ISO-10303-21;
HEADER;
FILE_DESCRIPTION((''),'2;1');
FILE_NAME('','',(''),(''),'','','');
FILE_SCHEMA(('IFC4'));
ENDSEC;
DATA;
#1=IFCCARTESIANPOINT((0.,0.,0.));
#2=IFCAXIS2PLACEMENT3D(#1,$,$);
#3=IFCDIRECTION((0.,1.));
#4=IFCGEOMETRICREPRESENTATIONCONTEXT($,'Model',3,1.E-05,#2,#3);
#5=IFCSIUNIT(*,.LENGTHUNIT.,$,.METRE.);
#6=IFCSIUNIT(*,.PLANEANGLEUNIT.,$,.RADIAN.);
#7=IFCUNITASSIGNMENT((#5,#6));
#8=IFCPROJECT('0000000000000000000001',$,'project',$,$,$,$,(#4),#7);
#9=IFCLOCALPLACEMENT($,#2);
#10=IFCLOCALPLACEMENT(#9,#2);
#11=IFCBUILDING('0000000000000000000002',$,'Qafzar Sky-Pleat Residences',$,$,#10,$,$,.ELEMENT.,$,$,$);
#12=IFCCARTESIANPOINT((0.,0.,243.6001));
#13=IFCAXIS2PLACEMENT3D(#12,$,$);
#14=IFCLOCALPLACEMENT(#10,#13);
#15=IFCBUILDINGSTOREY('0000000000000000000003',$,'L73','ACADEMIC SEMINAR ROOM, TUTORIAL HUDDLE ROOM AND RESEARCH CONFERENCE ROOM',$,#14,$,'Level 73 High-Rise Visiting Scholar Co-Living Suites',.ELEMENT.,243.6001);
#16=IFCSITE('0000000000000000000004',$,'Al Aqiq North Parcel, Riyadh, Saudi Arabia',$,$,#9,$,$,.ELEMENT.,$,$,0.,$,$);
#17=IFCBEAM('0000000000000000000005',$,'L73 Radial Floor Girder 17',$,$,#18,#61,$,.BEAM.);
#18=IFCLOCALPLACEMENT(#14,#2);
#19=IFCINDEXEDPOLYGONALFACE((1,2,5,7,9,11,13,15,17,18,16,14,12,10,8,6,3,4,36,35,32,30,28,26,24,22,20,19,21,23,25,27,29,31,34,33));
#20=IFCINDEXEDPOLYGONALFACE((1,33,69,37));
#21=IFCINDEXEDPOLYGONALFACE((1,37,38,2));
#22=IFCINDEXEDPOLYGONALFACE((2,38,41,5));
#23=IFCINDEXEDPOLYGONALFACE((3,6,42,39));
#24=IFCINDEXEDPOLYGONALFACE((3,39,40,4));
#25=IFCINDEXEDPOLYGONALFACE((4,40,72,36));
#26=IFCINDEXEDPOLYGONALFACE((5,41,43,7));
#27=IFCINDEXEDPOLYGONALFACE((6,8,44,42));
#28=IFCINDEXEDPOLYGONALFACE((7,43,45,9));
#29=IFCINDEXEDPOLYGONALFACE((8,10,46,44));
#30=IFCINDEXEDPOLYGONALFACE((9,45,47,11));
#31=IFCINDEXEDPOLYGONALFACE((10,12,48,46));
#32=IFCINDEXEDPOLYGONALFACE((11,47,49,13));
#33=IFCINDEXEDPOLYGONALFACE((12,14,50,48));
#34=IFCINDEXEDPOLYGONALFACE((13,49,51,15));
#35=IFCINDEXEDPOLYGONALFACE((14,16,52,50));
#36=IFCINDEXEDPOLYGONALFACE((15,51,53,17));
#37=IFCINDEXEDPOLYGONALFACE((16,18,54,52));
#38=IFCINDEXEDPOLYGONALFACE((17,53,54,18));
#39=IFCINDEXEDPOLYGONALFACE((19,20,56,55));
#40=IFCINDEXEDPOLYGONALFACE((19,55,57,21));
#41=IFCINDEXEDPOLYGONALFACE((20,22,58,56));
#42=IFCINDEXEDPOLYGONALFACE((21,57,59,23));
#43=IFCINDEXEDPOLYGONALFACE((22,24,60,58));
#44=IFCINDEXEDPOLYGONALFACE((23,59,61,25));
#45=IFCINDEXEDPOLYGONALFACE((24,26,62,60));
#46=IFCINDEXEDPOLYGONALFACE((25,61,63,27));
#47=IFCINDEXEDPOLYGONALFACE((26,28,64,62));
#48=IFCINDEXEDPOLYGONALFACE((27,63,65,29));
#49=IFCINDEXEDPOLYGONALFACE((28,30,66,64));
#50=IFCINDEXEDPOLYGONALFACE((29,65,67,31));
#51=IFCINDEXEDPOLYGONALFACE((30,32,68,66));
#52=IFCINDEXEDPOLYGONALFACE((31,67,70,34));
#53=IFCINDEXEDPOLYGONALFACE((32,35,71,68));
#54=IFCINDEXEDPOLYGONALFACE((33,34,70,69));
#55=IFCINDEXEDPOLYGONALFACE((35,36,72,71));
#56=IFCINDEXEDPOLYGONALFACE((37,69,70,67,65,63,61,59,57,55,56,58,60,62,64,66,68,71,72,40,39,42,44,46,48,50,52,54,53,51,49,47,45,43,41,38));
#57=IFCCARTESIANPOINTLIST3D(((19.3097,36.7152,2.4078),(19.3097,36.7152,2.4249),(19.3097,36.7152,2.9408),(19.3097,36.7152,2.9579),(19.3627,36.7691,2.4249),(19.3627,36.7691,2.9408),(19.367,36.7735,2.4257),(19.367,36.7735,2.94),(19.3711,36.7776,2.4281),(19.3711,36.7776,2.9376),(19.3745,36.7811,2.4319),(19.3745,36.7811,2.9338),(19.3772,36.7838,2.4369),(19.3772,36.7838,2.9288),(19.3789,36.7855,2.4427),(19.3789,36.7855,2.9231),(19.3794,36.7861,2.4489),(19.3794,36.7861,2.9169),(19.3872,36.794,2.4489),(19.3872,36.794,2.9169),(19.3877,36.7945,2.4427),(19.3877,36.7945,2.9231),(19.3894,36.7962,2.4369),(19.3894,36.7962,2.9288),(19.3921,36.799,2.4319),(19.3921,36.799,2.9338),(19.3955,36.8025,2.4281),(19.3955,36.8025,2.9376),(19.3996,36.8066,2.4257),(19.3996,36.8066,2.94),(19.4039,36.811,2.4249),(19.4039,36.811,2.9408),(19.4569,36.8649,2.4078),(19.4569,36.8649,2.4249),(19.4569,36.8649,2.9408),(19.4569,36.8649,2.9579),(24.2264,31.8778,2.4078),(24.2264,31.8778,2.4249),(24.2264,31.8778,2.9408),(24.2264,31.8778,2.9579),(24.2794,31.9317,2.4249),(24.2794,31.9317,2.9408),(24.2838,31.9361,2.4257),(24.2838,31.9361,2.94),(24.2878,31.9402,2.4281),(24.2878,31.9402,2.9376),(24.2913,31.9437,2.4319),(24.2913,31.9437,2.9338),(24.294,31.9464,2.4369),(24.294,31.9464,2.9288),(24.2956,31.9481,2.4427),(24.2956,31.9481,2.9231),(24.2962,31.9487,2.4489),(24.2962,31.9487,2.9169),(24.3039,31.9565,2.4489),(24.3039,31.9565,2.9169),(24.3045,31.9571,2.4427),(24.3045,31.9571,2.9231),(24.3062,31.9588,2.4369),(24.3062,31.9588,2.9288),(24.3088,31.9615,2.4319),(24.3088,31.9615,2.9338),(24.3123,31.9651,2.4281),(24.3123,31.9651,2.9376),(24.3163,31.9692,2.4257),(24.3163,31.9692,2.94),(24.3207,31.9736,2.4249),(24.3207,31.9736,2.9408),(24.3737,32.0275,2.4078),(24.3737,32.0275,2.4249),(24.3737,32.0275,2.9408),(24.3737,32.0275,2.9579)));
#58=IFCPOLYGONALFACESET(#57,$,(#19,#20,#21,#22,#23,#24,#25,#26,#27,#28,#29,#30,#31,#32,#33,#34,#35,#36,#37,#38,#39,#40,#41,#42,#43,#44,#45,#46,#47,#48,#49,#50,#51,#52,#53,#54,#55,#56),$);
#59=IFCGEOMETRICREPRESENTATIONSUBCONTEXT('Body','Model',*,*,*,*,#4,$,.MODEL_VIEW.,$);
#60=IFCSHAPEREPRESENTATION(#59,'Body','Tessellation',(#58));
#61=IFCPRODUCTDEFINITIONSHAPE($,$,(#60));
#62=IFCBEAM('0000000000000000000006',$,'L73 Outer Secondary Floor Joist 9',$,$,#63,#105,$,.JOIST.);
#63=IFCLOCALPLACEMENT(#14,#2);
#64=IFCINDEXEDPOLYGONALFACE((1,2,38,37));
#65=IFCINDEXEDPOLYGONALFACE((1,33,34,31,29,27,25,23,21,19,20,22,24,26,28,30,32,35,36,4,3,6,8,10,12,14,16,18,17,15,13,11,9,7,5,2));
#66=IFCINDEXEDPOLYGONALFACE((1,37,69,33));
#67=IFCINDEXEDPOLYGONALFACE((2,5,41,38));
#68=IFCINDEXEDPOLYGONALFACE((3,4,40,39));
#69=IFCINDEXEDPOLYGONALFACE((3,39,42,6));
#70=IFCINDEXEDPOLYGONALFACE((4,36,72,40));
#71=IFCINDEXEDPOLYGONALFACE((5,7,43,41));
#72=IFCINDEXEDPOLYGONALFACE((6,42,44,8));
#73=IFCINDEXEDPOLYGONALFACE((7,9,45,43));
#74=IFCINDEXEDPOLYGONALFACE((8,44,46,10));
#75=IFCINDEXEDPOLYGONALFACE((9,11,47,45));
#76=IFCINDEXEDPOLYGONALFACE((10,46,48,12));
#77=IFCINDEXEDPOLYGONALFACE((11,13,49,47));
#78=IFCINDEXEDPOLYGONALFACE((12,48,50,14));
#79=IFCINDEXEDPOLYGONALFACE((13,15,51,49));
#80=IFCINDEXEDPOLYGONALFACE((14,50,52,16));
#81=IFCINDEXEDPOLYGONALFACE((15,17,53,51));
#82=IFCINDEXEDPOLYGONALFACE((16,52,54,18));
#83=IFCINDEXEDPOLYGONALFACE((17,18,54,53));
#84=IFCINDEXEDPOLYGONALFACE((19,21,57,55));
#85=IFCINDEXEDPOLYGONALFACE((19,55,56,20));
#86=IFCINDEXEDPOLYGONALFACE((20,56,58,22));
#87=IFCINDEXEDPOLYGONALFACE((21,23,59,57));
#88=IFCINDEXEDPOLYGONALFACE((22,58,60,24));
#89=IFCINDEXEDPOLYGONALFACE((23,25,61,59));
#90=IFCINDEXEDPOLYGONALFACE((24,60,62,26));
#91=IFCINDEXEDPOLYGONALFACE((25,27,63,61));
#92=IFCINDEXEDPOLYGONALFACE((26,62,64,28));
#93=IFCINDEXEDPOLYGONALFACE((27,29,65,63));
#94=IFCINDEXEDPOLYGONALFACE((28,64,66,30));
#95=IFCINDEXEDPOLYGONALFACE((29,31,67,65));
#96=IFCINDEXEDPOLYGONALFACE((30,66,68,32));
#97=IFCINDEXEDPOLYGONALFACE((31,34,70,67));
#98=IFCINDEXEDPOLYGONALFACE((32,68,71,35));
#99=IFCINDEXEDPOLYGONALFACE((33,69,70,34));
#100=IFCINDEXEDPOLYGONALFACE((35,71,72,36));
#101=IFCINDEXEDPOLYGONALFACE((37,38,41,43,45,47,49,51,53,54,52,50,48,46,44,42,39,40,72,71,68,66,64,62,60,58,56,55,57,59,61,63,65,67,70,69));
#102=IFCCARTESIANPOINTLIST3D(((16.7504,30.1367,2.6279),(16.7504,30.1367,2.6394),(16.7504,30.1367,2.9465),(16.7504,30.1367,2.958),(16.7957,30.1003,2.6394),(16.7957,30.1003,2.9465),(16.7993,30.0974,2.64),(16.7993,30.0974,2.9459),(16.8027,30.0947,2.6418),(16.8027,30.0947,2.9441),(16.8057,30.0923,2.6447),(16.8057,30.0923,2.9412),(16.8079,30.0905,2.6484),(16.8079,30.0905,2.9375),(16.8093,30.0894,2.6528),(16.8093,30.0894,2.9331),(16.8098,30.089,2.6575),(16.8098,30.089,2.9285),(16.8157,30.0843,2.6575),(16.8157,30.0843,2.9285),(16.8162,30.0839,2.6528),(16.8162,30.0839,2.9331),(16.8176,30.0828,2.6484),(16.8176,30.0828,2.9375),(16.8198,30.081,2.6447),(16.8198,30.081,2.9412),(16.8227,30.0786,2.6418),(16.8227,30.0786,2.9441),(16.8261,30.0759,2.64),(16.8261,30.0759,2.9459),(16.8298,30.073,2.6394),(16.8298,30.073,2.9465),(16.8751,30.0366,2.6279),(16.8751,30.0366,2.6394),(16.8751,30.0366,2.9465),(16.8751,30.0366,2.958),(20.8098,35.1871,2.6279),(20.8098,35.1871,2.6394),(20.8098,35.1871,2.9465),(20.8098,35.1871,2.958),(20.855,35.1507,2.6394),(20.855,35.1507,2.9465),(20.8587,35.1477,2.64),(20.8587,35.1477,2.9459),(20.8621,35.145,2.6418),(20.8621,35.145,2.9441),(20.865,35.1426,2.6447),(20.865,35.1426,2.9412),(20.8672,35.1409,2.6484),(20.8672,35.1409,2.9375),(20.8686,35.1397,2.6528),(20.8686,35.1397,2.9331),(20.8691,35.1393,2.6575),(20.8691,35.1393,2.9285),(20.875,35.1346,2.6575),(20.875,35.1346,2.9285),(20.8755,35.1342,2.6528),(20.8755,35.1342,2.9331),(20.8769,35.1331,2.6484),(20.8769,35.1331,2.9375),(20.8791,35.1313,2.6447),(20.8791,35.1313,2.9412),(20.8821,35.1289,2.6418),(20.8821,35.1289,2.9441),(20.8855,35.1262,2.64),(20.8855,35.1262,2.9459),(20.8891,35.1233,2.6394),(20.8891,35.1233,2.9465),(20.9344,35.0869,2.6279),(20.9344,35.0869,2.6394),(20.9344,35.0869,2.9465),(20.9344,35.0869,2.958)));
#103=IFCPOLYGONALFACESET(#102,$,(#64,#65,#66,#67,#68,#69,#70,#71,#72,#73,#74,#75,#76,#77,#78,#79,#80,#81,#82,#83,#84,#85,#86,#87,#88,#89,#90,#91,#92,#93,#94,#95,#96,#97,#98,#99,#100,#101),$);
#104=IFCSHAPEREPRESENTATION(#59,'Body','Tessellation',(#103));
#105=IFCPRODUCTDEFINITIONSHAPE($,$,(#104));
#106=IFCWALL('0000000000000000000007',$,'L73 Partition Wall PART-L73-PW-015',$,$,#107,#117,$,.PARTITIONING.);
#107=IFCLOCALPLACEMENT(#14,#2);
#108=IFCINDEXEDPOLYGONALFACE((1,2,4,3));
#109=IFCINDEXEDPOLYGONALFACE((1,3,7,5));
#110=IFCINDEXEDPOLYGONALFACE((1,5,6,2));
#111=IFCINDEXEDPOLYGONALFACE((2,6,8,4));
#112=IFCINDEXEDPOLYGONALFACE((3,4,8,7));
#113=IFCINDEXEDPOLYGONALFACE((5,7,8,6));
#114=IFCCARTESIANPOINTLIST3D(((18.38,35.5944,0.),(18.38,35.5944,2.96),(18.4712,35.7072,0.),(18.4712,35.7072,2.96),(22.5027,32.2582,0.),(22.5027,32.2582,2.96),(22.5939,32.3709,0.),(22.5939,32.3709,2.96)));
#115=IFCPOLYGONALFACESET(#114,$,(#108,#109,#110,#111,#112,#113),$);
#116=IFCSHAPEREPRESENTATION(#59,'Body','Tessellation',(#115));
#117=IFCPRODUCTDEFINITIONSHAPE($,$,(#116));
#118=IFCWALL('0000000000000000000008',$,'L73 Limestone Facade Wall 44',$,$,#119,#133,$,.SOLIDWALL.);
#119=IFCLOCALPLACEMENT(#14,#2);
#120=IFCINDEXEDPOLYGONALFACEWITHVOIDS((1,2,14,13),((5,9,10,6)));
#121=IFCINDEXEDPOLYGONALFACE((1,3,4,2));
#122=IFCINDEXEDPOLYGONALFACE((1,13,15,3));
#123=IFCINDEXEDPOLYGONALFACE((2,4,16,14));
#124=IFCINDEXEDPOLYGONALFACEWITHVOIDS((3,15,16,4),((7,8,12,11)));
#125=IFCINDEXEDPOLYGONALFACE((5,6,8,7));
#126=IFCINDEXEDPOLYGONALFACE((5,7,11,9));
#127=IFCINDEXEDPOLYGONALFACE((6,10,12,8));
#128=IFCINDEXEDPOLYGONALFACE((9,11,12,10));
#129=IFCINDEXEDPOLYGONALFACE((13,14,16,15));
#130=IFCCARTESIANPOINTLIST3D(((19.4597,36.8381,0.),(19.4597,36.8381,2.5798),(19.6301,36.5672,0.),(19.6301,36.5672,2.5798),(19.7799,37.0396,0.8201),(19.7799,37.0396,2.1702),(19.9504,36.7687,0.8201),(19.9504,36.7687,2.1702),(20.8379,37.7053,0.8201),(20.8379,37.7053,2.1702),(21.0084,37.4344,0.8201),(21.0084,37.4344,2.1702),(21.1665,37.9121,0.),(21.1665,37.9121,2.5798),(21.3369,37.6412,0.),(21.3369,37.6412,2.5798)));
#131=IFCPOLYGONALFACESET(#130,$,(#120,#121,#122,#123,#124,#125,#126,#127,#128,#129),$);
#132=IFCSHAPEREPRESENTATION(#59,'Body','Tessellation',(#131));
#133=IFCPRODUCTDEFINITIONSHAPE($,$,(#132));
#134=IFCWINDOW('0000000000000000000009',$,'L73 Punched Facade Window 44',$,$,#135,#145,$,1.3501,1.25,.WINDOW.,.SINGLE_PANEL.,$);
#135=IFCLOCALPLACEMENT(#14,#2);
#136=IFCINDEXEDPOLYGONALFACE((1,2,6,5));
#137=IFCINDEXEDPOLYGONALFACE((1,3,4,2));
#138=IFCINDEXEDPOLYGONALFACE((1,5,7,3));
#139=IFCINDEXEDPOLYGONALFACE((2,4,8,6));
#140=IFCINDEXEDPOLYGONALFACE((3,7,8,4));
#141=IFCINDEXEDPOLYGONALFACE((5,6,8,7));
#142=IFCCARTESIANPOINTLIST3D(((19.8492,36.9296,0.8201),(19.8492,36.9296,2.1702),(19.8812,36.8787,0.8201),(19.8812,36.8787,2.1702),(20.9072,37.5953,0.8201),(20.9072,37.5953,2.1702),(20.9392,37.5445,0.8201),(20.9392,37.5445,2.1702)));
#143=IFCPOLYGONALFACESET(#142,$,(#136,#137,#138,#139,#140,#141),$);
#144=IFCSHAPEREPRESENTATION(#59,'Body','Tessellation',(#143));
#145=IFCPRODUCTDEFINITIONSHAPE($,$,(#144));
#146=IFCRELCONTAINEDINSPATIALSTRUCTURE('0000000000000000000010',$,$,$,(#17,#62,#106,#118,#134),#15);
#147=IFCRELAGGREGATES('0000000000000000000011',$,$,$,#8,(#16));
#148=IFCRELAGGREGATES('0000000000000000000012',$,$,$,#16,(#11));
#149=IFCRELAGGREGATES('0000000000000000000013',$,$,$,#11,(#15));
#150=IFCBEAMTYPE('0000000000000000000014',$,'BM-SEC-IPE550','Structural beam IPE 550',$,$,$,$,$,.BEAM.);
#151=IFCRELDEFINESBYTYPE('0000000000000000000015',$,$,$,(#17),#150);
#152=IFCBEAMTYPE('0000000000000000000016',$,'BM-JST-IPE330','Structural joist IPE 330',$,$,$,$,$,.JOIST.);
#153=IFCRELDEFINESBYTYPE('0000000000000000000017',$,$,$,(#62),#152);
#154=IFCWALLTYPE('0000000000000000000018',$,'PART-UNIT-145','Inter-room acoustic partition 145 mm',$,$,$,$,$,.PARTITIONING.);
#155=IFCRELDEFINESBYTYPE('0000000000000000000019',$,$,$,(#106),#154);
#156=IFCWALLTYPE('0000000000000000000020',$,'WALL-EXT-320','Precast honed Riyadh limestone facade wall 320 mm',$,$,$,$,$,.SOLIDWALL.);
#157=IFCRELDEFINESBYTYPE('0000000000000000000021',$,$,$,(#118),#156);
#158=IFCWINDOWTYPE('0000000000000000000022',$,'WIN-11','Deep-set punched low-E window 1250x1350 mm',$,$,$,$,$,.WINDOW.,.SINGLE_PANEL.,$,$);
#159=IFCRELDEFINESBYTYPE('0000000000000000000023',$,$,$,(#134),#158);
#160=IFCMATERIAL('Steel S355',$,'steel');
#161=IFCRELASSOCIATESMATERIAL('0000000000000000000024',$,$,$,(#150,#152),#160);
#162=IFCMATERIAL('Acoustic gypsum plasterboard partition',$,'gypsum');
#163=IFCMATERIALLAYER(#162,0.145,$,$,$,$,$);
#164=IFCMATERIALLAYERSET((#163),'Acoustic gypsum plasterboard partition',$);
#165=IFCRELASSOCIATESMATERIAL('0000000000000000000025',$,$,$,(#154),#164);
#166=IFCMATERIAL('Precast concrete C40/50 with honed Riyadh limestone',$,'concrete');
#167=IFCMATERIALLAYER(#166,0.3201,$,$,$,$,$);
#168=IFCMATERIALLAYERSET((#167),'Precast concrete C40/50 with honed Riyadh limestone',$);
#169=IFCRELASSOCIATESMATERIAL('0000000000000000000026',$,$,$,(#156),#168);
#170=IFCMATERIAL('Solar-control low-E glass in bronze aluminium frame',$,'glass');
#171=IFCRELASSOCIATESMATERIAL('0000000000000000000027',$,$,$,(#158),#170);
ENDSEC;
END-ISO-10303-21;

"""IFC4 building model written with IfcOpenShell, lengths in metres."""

from ifc_helpers import new_model, si_unit, direction, frame, frame_2d, origin, origin_2d, place, context, subcontext, project, spatial, rectangle, i_section, extrude, source, transform, mapped, material, layer, layer_set, material_profile, profile_set, type_object, element, fill, save


model = new_model("IFC4")

# Units and contexts
model_context = context("Model", 3, precision=1e-05, world=origin(), true_north=direction((0.0, 1.0)))
body_context = subcontext(model_context, "Body", "Model", "MODEL_VIEW")
ifc_project = project(units=[si_unit("LENGTHUNIT", "METRE"), si_unit("PLANEANGLEUNIT", "RADIAN")], contexts=[model_context])

# Site, building, storey
site_placement = place(None, origin())
site = spatial("IfcSite", under=ifc_project, at=site_placement, Name="Al Aqiq North Parcel, Riyadh, Saudi Arabia", CompositionType="ELEMENT", RefElevation=0.0)
building_placement = place(site_placement, origin())
building = spatial("IfcBuilding", under=site, at=building_placement, Name="Qafzar Sky-Pleat Residences", CompositionType="ELEMENT")
storey_placement = place(building_placement, frame((0.0, 0.0, 243.6001)))
storey = spatial("IfcBuildingStorey", under=building, at=storey_placement, Name="L73", Description="ACADEMIC SEMINAR ROOM, TUTORIAL HUDDLE ROOM AND RESEARCH CONFERENCE ROOM", LongName="Level 73 High-Rise Visiting Scholar Co-Living Suites", CompositionType="ELEMENT", Elevation=243.6001)

# Shared definitions
ifc_material_1 = material(Name="Steel S355", Category="steel")

# Beams
ifc_material_profile_1 = material_profile(ifc_material_1, i_section(OverallWidth=0.21, OverallDepth=0.55, WebThickness=0.011, FlangeThickness=0.0171, FilletRadius=0.0239, at=origin_2d()), Name="IPE 550")
ifc_profile_set_1 = profile_set([ifc_material_profile_1], Name="Steel S355")
beam_type_1 = type_object("IfcBeamType", Name="BM-SEC-IPE550", Description="Structural beam IPE 550", PredefinedType="BEAM", material=ifc_profile_set_1)
shared_shape_1 = source(origin(), body_context, "Body", "SweptSolid", [
    extrude(i_section(OverallWidth=0.21, OverallDepth=0.55, WebThickness=0.011, FlangeThickness=0.0171, FilletRadius=0.0239, at=origin_2d()), origin(), (0.0, 0.0, 1.0), 6.8975),
])
beam_1_placement = place(storey_placement, frame((19.3833, 36.79, 2.6829), z_axis=(0.712835, -0.701332, 0.0), x_axis=(0.701332, 0.712835, 0.0)))
element("IfcBeam", 1, at=beam_1_placement, inside=storey, type_object=beam_type_1, Name="L73 Radial Floor Girder 17", PredefinedType="BEAM", context=body_context, shape_type="MappedRepresentation", body=[
    mapped(shared_shape_1, transform((0.0, 0.0, 0.0), x_axis=(1.0, 0.0, 0.0), y_axis=(0.0, 1.0, 0.0), z_axis=(0.0, 0.0, 1.0), scale=1.0)),
])
ifc_material_profile_2 = material_profile(ifc_material_1, i_section(OverallWidth=0.1599, OverallDepth=0.3301, WebThickness=0.0076, FlangeThickness=0.0115, FilletRadius=0.0181, at=origin_2d()), Name="IPE 330")
ifc_profile_set_2 = profile_set([ifc_material_profile_2], Name="Steel S355")
beam_type_2 = type_object("IfcBeamType", Name="BM-JST-IPE330", Description="Structural joist IPE 330", PredefinedType="JOIST", material=ifc_profile_set_2)
shared_shape_2 = source(origin(), body_context, "Body", "SweptSolid", [
    extrude(i_section(OverallWidth=0.1599, OverallDepth=0.3301, WebThickness=0.0076, FlangeThickness=0.0115, FilletRadius=0.0181, at=origin_2d()), origin(), (0.0, 0.0, 1.0), 6.4795),
])
beam_2_placement = place(storey_placement, frame((20.8721, 35.137, 2.793), z_axis=(-0.62649, -0.779429, 0.0), x_axis=(0.779429, -0.62649, 0.0)))
element("IfcBeam", 2, at=beam_2_placement, inside=storey, type_object=beam_type_2, Name="L73 Outer Secondary Floor Joist 9", PredefinedType="JOIST", context=body_context, shape_type="MappedRepresentation", body=[
    mapped(shared_shape_2, transform((0.0, 0.0, 0.0), x_axis=(1.0, 0.0, 0.0), y_axis=(0.0, 1.0, 0.0), z_axis=(0.0, 0.0, 1.0), scale=1.0)),
])

# Wall
ifc_material_2 = material(Name="Acoustic gypsum plasterboard partition", Category="gypsum")
ifc_layer_1 = layer(ifc_material_2, 0.145)
ifc_layer_set_1 = layer_set([ifc_layer_1], Name="Acoustic gypsum plasterboard partition")
wall_type_1 = type_object("IfcWallType", Name="PART-UNIT-145", Description="Inter-room acoustic partition 145 mm", PredefinedType="PARTITIONING", material=ifc_layer_set_1)
wall_1_placement = place(storey_placement, frame((18.4255, 35.6509, 0.0), z_axis=(0.0, 0.0, 1.0), x_axis=(0.777349, -0.62907, 0.0)))
element("IfcWall", 3, at=wall_1_placement, inside=storey, type_object=wall_type_1, Name="L73 Partition Wall PART-L73-PW-015", PredefinedType="PARTITIONING", context=body_context, shape_type="SweptSolid", body=[
    extrude(rectangle(XDim=5.3035, YDim=0.145, at=frame_2d((2.6519, 0.0))), origin(), (0.0, 0.0, 1.0), 2.96),
])

# Wall, opening, window
ifc_material_3 = material(Name="Precast concrete C40/50 with honed Riyadh limestone", Category="concrete")
ifc_layer_2 = layer(ifc_material_3, 0.3201)
ifc_layer_set_2 = layer_set([ifc_layer_2], Name="Precast concrete C40/50 with honed Riyadh limestone")
wall_type_2 = type_object("IfcWallType", Name="WALL-EXT-320", Description="Precast honed Riyadh limestone facade wall 320 mm", PredefinedType="SOLIDWALL", material=ifc_layer_set_2)
wall_2_placement = place(storey_placement, frame((21.2517, 37.7766, 0.0), z_axis=(0.0, 0.0, 1.0), x_axis=(-0.846382, -0.532576, 0.0)))
wall_2 = element("IfcWall", 4, at=wall_2_placement, inside=storey, type_object=wall_type_2, Name="L73 Limestone Facade Wall 44", PredefinedType="SOLIDWALL", context=body_context, shape_type="SweptSolid", body=[
    extrude(rectangle(XDim=2.0166, YDim=0.3201, at=frame_2d((1.0083, 0.0))), origin(), (0.0, 0.0, 1.0), 2.5798),
])
opening_1_placement = place(wall_2_placement, frame((0.3882, 0.0, 0.8201)))
opening_1 = element("IfcOpeningElement", 5, at=opening_1_placement, cuts=wall_2, PredefinedType="OPENING", context=body_context, shape_type="SweptSolid", body=[
    extrude(rectangle(XDim=1.25, YDim=1.3501, at=frame_2d((0.625, 0.675))), frame((0.0, 0.1699, 0.0), z_axis=(0.0, -1.0, 0.0), x_axis=(1.0, 0.0, 0.0)), (0.0, 0.0, 1.0), 0.3401),
])
ifc_material_4 = material(Name="Solar-control low-E glass in bronze aluminium frame", Category="glass")
window_type_1 = type_object("IfcWindowType", Name="WIN-11", Description="Deep-set punched low-E window 1250x1350 mm", PartitioningType="SINGLE_PANEL", PredefinedType="WINDOW", material=ifc_material_4)
shared_shape_3 = source(origin(), body_context, "Body", "SweptSolid", [
    extrude(rectangle(XDim=1.25, YDim=1.3501, at=frame_2d((0.625, 0.675))), frame((0.0, 0.03, 0.0), z_axis=(0.0, -1.0, 0.0), x_axis=(1.0, 0.0, 0.0)), (0.0, 0.0, 1.0), 0.0601),
])
window_1_placement = place(opening_1_placement, origin())
window_1 = element("IfcWindow", 6, at=window_1_placement, inside=storey, type_object=window_type_1, Name="L73 Punched Facade Window 44", OverallHeight=1.3501, OverallWidth=1.25, PartitioningType="SINGLE_PANEL", PredefinedType="WINDOW", context=body_context, shape_type="MappedRepresentation", body=[
    mapped(shared_shape_3, transform((0.0, 0.0, 0.0), x_axis=(1.0, 0.0, 0.0), y_axis=(0.0, 1.0, 0.0), z_axis=(0.0, 0.0, 1.0), scale=1.0)),
])
fill(opening_1, window_1)

save(model, "model.ifc")
